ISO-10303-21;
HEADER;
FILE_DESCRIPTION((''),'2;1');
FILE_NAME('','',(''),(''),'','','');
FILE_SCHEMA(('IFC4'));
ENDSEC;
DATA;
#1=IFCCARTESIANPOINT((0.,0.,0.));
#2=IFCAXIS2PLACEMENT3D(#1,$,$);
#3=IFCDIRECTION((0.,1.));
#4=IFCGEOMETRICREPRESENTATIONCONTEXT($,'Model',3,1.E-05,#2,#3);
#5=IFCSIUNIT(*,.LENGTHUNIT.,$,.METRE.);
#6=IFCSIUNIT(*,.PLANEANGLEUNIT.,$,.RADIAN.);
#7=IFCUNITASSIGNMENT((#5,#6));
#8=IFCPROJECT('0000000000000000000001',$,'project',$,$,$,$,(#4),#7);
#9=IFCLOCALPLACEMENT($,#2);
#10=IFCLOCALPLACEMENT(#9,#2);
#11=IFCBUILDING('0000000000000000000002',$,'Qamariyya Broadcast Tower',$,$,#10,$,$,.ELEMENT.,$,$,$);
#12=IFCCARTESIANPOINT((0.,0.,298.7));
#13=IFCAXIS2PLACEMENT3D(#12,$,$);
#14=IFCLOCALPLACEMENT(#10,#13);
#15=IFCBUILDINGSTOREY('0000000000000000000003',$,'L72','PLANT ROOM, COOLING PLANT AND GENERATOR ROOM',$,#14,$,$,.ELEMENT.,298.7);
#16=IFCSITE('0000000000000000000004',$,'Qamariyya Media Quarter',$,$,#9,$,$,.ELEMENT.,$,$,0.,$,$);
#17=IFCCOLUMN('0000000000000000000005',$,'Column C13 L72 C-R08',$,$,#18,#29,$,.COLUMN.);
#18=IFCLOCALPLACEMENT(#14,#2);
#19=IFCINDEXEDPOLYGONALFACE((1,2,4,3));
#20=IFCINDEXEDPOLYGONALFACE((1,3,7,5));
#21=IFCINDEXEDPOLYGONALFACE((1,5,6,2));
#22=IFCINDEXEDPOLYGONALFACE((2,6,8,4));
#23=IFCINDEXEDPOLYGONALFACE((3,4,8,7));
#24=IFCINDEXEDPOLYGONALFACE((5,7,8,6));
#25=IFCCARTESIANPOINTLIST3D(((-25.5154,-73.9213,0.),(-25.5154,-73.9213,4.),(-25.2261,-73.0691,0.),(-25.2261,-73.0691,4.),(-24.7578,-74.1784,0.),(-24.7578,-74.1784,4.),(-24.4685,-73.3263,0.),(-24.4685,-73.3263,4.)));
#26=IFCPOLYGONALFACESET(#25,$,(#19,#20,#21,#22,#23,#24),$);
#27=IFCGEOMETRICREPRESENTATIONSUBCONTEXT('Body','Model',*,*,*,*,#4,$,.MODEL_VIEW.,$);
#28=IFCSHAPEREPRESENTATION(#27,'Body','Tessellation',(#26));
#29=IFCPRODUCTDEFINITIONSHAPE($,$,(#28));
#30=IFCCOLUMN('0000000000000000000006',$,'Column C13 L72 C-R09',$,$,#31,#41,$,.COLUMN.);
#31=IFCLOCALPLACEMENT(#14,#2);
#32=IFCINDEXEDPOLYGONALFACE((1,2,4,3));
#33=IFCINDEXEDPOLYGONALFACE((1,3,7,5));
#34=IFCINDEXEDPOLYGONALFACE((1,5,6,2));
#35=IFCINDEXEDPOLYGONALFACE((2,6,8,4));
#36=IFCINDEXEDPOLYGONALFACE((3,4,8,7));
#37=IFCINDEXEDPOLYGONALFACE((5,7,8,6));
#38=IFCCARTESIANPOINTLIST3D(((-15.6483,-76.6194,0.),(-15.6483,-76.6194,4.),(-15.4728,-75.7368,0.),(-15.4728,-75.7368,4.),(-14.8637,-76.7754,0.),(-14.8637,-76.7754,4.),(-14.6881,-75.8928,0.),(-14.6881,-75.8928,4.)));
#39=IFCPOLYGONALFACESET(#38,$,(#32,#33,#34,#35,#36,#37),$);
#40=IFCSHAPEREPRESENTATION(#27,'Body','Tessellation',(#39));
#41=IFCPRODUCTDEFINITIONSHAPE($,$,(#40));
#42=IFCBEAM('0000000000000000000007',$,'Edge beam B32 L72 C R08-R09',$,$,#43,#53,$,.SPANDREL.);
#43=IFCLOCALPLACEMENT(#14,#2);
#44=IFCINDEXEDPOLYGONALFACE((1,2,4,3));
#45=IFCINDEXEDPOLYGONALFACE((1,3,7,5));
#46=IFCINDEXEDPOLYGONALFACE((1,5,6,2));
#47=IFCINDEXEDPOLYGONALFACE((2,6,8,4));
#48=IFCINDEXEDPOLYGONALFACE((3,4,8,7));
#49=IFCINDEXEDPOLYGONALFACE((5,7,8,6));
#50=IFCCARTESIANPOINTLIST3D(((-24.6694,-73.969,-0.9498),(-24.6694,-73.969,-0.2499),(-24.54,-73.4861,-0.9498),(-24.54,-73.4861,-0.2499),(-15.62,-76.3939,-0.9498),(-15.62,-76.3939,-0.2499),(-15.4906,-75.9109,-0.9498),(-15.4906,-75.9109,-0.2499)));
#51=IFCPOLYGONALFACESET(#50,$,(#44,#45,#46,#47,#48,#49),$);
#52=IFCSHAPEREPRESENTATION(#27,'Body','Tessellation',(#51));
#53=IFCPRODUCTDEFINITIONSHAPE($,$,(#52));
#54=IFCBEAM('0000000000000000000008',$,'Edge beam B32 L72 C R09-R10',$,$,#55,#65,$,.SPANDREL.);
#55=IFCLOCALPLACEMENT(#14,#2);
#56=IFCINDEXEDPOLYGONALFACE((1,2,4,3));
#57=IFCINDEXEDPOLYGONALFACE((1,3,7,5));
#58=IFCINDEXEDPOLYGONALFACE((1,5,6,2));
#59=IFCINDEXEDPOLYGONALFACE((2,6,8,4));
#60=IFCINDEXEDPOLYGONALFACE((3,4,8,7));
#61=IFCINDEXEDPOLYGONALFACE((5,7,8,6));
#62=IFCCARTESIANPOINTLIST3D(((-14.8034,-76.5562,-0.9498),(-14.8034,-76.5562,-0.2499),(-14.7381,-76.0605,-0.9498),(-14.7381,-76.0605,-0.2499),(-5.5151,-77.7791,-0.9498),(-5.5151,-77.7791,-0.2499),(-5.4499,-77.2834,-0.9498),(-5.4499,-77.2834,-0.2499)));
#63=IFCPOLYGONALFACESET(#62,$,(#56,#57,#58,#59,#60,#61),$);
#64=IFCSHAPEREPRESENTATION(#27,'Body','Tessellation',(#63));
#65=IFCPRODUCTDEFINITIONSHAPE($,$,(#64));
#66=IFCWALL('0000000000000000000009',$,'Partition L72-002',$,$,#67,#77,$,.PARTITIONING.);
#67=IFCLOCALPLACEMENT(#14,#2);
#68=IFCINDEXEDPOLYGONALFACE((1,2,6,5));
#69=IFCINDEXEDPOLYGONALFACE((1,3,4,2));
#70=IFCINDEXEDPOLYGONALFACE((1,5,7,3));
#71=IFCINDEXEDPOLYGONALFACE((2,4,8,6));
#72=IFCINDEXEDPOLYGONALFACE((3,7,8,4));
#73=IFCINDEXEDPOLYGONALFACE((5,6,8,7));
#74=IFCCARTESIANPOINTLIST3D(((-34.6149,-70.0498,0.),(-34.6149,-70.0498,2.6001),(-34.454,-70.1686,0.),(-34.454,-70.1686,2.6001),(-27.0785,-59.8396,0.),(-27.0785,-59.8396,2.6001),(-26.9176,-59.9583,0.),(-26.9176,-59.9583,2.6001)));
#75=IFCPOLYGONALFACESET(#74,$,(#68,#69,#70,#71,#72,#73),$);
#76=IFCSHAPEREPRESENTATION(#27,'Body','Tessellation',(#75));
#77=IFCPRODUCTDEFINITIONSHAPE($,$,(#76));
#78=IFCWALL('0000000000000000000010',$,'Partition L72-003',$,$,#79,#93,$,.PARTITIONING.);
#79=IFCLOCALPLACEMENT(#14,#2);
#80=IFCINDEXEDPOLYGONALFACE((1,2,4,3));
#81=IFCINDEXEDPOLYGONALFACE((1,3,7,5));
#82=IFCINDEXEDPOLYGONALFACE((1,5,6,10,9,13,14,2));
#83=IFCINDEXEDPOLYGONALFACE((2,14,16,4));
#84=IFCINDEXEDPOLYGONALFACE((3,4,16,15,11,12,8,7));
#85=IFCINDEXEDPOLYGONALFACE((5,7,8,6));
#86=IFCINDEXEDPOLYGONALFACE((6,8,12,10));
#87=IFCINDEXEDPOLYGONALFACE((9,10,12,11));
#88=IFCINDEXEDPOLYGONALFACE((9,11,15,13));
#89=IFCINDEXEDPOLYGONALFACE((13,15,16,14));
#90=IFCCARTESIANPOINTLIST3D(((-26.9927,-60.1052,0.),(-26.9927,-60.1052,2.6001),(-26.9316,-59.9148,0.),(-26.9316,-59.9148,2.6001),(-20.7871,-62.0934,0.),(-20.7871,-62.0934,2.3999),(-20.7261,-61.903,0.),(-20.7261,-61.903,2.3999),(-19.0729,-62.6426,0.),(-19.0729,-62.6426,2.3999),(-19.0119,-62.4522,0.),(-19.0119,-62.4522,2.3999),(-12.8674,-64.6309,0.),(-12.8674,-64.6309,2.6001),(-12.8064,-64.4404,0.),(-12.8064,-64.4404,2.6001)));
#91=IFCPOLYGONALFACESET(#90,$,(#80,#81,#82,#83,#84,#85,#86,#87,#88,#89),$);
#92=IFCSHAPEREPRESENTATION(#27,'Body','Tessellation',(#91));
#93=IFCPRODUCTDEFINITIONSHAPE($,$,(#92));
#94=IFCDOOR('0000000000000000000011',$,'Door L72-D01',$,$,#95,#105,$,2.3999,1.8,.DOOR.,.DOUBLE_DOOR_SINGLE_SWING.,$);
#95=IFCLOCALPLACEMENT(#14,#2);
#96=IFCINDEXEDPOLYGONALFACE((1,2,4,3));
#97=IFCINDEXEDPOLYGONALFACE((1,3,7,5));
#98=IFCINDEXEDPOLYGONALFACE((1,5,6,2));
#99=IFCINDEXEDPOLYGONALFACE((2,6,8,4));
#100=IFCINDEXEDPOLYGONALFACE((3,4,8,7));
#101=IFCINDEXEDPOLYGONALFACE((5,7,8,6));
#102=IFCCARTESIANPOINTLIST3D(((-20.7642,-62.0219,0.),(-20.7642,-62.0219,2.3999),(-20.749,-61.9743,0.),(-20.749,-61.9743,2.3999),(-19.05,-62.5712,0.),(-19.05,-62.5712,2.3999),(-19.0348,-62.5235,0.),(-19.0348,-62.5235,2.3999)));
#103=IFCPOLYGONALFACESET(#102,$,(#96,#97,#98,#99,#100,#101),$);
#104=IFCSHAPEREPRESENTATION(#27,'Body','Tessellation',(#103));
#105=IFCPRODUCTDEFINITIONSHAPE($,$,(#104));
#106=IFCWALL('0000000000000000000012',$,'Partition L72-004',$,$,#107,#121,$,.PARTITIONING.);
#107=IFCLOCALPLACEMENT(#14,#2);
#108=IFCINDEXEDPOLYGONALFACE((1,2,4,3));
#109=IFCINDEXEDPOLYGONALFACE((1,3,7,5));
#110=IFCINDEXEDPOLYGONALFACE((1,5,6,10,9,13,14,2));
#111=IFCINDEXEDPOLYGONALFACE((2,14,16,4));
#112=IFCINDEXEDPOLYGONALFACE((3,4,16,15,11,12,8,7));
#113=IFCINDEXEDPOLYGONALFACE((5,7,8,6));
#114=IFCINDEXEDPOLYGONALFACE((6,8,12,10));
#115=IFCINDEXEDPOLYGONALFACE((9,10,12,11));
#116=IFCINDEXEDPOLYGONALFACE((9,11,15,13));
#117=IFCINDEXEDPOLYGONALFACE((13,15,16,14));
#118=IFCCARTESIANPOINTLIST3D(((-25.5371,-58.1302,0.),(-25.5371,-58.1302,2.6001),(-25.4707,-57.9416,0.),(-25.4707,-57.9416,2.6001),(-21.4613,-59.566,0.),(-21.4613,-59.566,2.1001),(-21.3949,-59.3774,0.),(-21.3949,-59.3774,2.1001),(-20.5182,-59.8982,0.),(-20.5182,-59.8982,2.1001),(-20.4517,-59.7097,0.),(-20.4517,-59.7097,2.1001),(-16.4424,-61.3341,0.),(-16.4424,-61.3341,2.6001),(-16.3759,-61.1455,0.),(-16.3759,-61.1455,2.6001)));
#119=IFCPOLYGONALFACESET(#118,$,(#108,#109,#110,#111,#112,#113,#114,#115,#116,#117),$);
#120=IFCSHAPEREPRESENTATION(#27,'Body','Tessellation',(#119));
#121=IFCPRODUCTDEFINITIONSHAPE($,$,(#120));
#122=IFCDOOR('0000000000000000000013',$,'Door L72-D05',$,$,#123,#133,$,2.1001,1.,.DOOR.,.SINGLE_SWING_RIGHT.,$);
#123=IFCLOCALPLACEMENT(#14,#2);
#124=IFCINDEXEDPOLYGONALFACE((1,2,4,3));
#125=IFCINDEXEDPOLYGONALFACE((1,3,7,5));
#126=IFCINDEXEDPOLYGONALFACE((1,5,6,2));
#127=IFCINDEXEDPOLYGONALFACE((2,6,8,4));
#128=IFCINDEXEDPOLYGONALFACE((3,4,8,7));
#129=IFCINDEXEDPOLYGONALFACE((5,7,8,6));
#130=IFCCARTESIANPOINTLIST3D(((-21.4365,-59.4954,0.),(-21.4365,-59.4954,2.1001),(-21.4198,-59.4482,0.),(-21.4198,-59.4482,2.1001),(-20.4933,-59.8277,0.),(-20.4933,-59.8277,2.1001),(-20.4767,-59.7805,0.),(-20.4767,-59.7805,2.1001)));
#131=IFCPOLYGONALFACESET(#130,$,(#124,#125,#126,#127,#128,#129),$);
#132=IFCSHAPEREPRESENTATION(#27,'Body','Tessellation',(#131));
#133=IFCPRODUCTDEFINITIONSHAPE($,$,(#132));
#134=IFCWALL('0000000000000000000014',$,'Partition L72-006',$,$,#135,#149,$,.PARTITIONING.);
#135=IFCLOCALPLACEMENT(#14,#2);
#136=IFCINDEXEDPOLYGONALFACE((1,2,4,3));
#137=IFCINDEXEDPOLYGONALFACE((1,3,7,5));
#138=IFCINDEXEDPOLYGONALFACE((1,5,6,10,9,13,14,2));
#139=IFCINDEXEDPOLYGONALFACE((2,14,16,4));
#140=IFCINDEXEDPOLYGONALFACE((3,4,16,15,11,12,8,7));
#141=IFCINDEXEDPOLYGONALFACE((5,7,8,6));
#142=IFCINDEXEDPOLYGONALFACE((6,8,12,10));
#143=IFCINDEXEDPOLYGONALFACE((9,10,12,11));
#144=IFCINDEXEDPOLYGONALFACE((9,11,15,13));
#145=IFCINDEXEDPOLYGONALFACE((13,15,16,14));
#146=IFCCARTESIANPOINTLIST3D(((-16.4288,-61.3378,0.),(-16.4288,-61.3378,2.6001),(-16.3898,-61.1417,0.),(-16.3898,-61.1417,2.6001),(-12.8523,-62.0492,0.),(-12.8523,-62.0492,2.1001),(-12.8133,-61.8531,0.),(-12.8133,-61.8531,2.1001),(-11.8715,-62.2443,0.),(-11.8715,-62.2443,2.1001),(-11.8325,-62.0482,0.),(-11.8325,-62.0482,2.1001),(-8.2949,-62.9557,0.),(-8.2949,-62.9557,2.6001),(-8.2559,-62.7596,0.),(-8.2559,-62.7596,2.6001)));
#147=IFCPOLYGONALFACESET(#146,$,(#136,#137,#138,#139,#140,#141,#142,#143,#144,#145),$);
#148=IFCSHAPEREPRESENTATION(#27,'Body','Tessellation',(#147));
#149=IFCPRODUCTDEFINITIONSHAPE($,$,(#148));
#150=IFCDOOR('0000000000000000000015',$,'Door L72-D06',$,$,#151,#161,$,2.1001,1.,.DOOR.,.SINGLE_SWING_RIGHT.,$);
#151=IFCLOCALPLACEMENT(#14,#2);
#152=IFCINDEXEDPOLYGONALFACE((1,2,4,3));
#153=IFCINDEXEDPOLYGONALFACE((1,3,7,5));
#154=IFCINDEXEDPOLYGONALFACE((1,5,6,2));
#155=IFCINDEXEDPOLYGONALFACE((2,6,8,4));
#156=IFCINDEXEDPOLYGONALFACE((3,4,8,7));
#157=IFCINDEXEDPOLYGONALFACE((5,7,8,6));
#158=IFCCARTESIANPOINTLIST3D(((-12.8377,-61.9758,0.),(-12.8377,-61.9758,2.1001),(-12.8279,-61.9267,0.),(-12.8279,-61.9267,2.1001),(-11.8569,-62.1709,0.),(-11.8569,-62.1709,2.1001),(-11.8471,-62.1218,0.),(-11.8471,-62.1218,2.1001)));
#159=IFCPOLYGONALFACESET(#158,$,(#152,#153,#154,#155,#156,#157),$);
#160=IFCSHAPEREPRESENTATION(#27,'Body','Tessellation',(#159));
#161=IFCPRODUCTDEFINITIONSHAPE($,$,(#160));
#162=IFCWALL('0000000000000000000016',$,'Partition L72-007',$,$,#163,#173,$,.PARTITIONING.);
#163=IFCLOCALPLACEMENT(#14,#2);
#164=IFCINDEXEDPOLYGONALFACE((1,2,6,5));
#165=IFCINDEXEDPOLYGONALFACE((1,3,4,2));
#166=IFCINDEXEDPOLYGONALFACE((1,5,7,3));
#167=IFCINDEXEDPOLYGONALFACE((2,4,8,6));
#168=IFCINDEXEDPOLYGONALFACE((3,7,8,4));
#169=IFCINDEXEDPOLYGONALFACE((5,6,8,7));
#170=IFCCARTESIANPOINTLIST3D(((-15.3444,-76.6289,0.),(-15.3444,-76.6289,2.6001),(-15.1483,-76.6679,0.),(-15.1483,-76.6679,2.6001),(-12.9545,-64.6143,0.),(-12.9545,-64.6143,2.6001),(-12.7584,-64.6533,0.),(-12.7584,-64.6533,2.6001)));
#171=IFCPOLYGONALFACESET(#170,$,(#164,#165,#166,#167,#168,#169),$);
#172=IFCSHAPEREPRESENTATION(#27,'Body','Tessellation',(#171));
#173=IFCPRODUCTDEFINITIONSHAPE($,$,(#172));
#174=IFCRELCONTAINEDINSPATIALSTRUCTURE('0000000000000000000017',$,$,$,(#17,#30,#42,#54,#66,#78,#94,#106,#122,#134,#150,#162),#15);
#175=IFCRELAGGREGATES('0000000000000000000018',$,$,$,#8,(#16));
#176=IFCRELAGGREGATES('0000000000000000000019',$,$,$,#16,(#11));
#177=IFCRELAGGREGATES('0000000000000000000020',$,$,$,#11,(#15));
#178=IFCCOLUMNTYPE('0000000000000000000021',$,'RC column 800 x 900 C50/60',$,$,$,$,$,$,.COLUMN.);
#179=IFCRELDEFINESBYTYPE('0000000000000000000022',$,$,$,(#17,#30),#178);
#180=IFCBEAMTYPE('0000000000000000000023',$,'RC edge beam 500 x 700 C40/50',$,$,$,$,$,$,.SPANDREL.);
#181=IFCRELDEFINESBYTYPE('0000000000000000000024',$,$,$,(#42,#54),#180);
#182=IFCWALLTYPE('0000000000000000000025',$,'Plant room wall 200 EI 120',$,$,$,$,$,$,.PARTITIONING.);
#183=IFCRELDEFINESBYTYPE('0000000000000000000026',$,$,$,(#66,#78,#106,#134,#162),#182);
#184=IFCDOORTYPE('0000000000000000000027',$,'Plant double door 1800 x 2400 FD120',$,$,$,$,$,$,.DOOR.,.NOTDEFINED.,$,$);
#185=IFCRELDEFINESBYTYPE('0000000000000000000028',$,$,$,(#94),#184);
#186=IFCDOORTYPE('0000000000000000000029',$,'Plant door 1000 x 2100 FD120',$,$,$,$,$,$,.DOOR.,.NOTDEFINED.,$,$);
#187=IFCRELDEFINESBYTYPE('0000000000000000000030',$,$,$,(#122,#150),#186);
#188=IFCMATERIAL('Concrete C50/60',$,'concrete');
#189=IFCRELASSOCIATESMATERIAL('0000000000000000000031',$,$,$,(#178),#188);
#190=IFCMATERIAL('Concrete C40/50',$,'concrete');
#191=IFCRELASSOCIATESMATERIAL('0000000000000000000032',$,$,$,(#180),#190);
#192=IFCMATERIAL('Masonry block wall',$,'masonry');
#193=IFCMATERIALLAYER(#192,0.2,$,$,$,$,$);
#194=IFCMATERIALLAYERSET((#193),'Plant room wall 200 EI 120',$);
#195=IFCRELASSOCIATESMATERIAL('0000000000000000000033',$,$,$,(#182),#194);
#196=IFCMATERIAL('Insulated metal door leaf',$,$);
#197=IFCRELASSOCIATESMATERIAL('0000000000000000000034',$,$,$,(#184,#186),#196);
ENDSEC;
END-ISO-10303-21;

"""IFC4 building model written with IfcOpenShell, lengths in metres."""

from ifc_helpers import new_model, si_unit, direction, frame, frame_2d, origin, origin_2d, place, context, subcontext, project, spatial, rectangle, extrude, material, layer, layer_set, material_profile, profile_set, type_object, element, fill, save


model = new_model("IFC4")

# Units and contexts
model_context = context("Model", 3, precision=1e-05, world=origin(), true_north=direction((0.0, 1.0)))
body_context = subcontext(model_context, "Body", "Model", "MODEL_VIEW")
ifc_project = project(units=[si_unit("LENGTHUNIT", "METRE"), si_unit("PLANEANGLEUNIT", "RADIAN")], contexts=[model_context])

# Site, building, storey
site_placement = place(None, origin())
site = spatial("IfcSite", under=ifc_project, at=site_placement, Name="Qamariyya Media Quarter", CompositionType="ELEMENT", RefElevation=0.0)
building_placement = place(site_placement, origin())
building = spatial("IfcBuilding", under=site, at=building_placement, Name="Qamariyya Broadcast Tower", CompositionType="ELEMENT")
storey_placement = place(building_placement, frame((0.0, 0.0, 298.7)))
storey = spatial("IfcBuildingStorey", under=building, at=storey_placement, Name="L72", Description="PLANT ROOM, COOLING PLANT AND GENERATOR ROOM", CompositionType="ELEMENT", Elevation=298.7)

# Columns
ifc_material_1 = material(Name="Concrete C50/60", Category="concrete")
ifc_material_profile_1 = material_profile(ifc_material_1, rectangle(XDim=0.8, YDim=0.8999, at=origin_2d()))
ifc_profile_set_1 = profile_set([ifc_material_profile_1], Name="Concrete C50/60")
column_type = type_object("IfcColumnType", Name="RC column 800 x 900 C50/60", PredefinedType="COLUMN", material=ifc_profile_set_1)
for number, where, z_axis, x_axis, name in (
    (1, (-24.9919, -73.6238, 0.0), (0.0, 0.0, 1.0), (0.94693, -0.321439, 0.0), "Column C13 L72 C-R08"),
    (2, (-15.1682, -76.2561, 0.0), (0.0, 0.0, 1.0), (0.980785, -0.19509, 0.0), "Column C13 L72 C-R09"),
):
    element("IfcColumn", number, at=place(storey_placement, frame(where, z_axis=z_axis, x_axis=x_axis)), inside=storey, type_object=column_type, Name=name, PredefinedType="COLUMN", context=body_context, shape_type="SweptSolid", body=[
        extrude(rectangle(XDim=0.8, YDim=0.8999, at=origin_2d()), origin(), (0.0, 0.0, 1.0), 4.0),
    ])

# Beams
ifc_material_2 = material(Name="Concrete C40/50", Category="concrete")
ifc_material_profile_2 = material_profile(ifc_material_2, rectangle(XDim=0.5, YDim=0.7, at=origin_2d()))
ifc_profile_set_2 = profile_set([ifc_material_profile_2], Name="Concrete C40/50")
beam_type = type_object("IfcBeamType", Name="RC edge beam 500 x 700 C40/50", PredefinedType="SPANDREL", material=ifc_profile_set_2)
beam_1_placement = place(storey_placement, frame((-24.6047, -73.7275, -0.5999), z_axis=(0.965925, -0.258824, 0.0), x_axis=(0.258824, 0.965925, 0.0)))
element("IfcBeam", 3, at=beam_1_placement, inside=storey, type_object=beam_type, Name="Edge beam B32 L72 C R08-R09", PredefinedType="SPANDREL", context=body_context, shape_type="SweptSolid", body=[
    extrude(rectangle(XDim=0.5, YDim=0.7, at=origin_2d()), origin(), (0.0, 0.0, 1.0), 9.3687),
])
beam_2_placement = place(storey_placement, frame((-14.7708, -76.3083, -0.5999), z_axis=(0.991444, -0.130533, 0.0), x_axis=(0.130533, 0.991444, 0.0)))
element("IfcBeam", 4, at=beam_2_placement, inside=storey, type_object=beam_type, Name="Edge beam B32 L72 C R09-R10", PredefinedType="SPANDREL", context=body_context, shape_type="SweptSolid", body=[
    extrude(rectangle(XDim=0.5, YDim=0.7, at=origin_2d()), origin(), (0.0, 0.0, 1.0), 9.3684),
])

# Wall
ifc_material_3 = material(Name="Masonry block wall", Category="masonry")
ifc_layer_1 = layer(ifc_material_3, 0.2)
ifc_layer_set_1 = layer_set([ifc_layer_1], Name="Plant room wall 200 EI 120")
wall_type_1 = type_object("IfcWallType", Name="Plant room wall 200 EI 120", PredefinedType="PARTITIONING", material=ifc_layer_set_1)
wall_1_placement = place(storey_placement, frame((-26.998, -59.8989, 0.0), z_axis=(0.0, 0.0, 1.0), x_axis=(-0.593866, -0.804564, 0.0)))
element("IfcWall", 5, at=wall_1_placement, inside=storey, type_object=wall_type_1, Name="Partition L72-002", PredefinedType="PARTITIONING", context=body_context, shape_type="SweptSolid", body=[
    extrude(rectangle(XDim=12.6904, YDim=0.2, at=frame_2d((6.3452, 0.0))), origin(), (0.0, 0.0, 1.0), 2.6001),
])

# Walls, openings, doors
wall_2_placement = place(storey_placement, frame((-12.8369, -64.5356, 0.0), z_axis=(0.0, 0.0, 1.0), x_axis=(-0.952315, 0.305116, 0.0)))
wall_2 = element("IfcWall", 6, at=wall_2_placement, inside=storey, type_object=wall_type_1, Name="Partition L72-003", PredefinedType="PARTITIONING", context=body_context, shape_type="SweptSolid", body=[
    extrude(rectangle(XDim=14.8325, YDim=0.2, at=frame_2d((7.4163, 0.0))), origin(), (0.0, 0.0, 1.0), 2.6001),
])
opening_1_placement = place(wall_2_placement, frame((6.5164, 0.0, 0.0)))
opening_1 = element("IfcOpeningElement", 7, at=opening_1_placement, cuts=wall_2, PredefinedType="OPENING", context=body_context, shape_type="SweptSolid", body=[
    extrude(rectangle(XDim=1.8, YDim=2.3999, at=frame_2d((0.8999, 1.2))), frame((0.0, 0.1099, 0.0), z_axis=(0.0, -1.0, 0.0), x_axis=(1.0, 0.0, 0.0)), (0.0, 0.0, 1.0), 0.22),
])
ifc_material_4 = material(Name="Insulated metal door leaf")
door_type_1 = type_object("IfcDoorType", Name="Plant double door 1800 x 2400 FD120", OperationType="NOTDEFINED", PredefinedType="DOOR", material=ifc_material_4)
door_1_placement = place(opening_1_placement, origin())
door_1 = element("IfcDoor", 8, at=door_1_placement, inside=storey, type_object=door_type_1, Name="Door L72-D01", OperationType="DOUBLE_DOOR_SINGLE_SWING", OverallHeight=2.3999, OverallWidth=1.8, PredefinedType="DOOR", context=body_context, shape_type="SweptSolid", body=[
    extrude(rectangle(XDim=1.8, YDim=2.3999, at=frame_2d((0.8999, 1.2))), frame((0.0, 0.0249, 0.0), z_axis=(0.0, -1.0, 0.0), x_axis=(1.0, 0.0, 0.0)), (0.0, 0.0, 1.0), 0.05),
])
fill(opening_1, door_1)
wall_3_placement = place(storey_placement, frame((-25.5039, -58.0359, 0.0), z_axis=(0.0, 0.0, 1.0), x_axis=(0.943187, -0.332262, 0.0)))
wall_3 = element("IfcWall", 9, at=wall_3_placement, inside=storey, type_object=wall_type_1, Name="Partition L72-004", PredefinedType="PARTITIONING", context=body_context, shape_type="SweptSolid", body=[
    extrude(rectangle(XDim=9.6426, YDim=0.2, at=frame_2d((4.8213, 0.0))), origin(), (0.0, 0.0, 1.0), 2.6001),
])
opening_2_placement = place(wall_3_placement, frame((4.3213, 0.0, 0.0)))
opening_2 = element("IfcOpeningElement", 10, at=opening_2_placement, cuts=wall_3, PredefinedType="OPENING", context=body_context, shape_type="SweptSolid", body=[
    extrude(rectangle(XDim=1.0, YDim=2.1001, at=frame_2d((0.5, 1.05))), frame((0.0, 0.1099, 0.0), z_axis=(0.0, -1.0, 0.0), x_axis=(1.0, 0.0, 0.0)), (0.0, 0.0, 1.0), 0.22),
])
door_type_2 = type_object("IfcDoorType", Name="Plant door 1000 x 2100 FD120", OperationType="NOTDEFINED", PredefinedType="DOOR", material=ifc_material_4)
door_2_placement = place(opening_2_placement, origin())
door_2 = element("IfcDoor", 11, at=door_2_placement, inside=storey, type_object=door_type_2, Name="Door L72-D05", OperationType="SINGLE_SWING_RIGHT", OverallHeight=2.1001, OverallWidth=1.0, PredefinedType="DOOR", context=body_context, shape_type="SweptSolid", body=[
    extrude(rectangle(XDim=1.0, YDim=2.1001, at=frame_2d((0.5, 1.05))), frame((0.0, 0.0249, 0.0), z_axis=(0.0, -1.0, 0.0), x_axis=(1.0, 0.0, 0.0)), (0.0, 0.0, 1.0), 0.05),
])
fill(opening_2, door_2)
wall_4_placement = place(storey_placement, frame((-16.4092, -61.2397, 0.0), z_axis=(0.0, 0.0, 1.0), x_axis=(0.980785, -0.195091, 0.0)))
wall_4 = element("IfcWall", 12, at=wall_4_placement, inside=storey, type_object=wall_type_1, Name="Partition L72-006", PredefinedType="PARTITIONING", context=body_context, shape_type="SweptSolid", body=[
    extrude(rectangle(XDim=8.2932, YDim=0.2, at=frame_2d((4.1465, 0.0))), origin(), (0.0, 0.0, 1.0), 2.6001),
])
opening_3_placement = place(wall_4_placement, frame((3.6465, 0.0, 0.0)))
opening_3 = element("IfcOpeningElement", 13, at=opening_3_placement, cuts=wall_4, PredefinedType="OPENING", context=body_context, shape_type="SweptSolid", body=[
    extrude(rectangle(XDim=1.0, YDim=2.1001, at=frame_2d((0.5, 1.05))), frame((0.0, 0.1099, 0.0), z_axis=(0.0, -1.0, 0.0), x_axis=(1.0, 0.0, 0.0)), (0.0, 0.0, 1.0), 0.22),
])
door_3_placement = place(opening_3_placement, origin())
door_3 = element("IfcDoor", 14, at=door_3_placement, inside=storey, type_object=door_type_2, Name="Door L72-D06", OperationType="SINGLE_SWING_RIGHT", OverallHeight=2.1001, OverallWidth=1.0, PredefinedType="DOOR", context=body_context, shape_type="SweptSolid", body=[
    extrude(rectangle(XDim=1.0, YDim=2.1001, at=frame_2d((0.5, 1.05))), frame((0.0, 0.0249, 0.0), z_axis=(0.0, -1.0, 0.0), x_axis=(1.0, 0.0, 0.0)), (0.0, 0.0, 1.0), 0.05),
])
fill(opening_3, door_3)

# Wall
wall_5_placement = place(storey_placement, frame((-15.2463, -76.6484, 0.0), z_axis=(0.0, 0.0, 1.0), x_axis=(0.195093, 0.980785, 0.0)))
element("IfcWall", 15, at=wall_5_placement, inside=storey, type_object=wall_type_1, Name="Partition L72-007", PredefinedType="PARTITIONING", context=body_context, shape_type="SweptSolid", body=[
    extrude(rectangle(XDim=12.25, YDim=0.2, at=frame_2d((6.125, 0.0))), origin(), (0.0, 0.0, 1.0), 2.6001),
])

save(model, "model.ifc")
